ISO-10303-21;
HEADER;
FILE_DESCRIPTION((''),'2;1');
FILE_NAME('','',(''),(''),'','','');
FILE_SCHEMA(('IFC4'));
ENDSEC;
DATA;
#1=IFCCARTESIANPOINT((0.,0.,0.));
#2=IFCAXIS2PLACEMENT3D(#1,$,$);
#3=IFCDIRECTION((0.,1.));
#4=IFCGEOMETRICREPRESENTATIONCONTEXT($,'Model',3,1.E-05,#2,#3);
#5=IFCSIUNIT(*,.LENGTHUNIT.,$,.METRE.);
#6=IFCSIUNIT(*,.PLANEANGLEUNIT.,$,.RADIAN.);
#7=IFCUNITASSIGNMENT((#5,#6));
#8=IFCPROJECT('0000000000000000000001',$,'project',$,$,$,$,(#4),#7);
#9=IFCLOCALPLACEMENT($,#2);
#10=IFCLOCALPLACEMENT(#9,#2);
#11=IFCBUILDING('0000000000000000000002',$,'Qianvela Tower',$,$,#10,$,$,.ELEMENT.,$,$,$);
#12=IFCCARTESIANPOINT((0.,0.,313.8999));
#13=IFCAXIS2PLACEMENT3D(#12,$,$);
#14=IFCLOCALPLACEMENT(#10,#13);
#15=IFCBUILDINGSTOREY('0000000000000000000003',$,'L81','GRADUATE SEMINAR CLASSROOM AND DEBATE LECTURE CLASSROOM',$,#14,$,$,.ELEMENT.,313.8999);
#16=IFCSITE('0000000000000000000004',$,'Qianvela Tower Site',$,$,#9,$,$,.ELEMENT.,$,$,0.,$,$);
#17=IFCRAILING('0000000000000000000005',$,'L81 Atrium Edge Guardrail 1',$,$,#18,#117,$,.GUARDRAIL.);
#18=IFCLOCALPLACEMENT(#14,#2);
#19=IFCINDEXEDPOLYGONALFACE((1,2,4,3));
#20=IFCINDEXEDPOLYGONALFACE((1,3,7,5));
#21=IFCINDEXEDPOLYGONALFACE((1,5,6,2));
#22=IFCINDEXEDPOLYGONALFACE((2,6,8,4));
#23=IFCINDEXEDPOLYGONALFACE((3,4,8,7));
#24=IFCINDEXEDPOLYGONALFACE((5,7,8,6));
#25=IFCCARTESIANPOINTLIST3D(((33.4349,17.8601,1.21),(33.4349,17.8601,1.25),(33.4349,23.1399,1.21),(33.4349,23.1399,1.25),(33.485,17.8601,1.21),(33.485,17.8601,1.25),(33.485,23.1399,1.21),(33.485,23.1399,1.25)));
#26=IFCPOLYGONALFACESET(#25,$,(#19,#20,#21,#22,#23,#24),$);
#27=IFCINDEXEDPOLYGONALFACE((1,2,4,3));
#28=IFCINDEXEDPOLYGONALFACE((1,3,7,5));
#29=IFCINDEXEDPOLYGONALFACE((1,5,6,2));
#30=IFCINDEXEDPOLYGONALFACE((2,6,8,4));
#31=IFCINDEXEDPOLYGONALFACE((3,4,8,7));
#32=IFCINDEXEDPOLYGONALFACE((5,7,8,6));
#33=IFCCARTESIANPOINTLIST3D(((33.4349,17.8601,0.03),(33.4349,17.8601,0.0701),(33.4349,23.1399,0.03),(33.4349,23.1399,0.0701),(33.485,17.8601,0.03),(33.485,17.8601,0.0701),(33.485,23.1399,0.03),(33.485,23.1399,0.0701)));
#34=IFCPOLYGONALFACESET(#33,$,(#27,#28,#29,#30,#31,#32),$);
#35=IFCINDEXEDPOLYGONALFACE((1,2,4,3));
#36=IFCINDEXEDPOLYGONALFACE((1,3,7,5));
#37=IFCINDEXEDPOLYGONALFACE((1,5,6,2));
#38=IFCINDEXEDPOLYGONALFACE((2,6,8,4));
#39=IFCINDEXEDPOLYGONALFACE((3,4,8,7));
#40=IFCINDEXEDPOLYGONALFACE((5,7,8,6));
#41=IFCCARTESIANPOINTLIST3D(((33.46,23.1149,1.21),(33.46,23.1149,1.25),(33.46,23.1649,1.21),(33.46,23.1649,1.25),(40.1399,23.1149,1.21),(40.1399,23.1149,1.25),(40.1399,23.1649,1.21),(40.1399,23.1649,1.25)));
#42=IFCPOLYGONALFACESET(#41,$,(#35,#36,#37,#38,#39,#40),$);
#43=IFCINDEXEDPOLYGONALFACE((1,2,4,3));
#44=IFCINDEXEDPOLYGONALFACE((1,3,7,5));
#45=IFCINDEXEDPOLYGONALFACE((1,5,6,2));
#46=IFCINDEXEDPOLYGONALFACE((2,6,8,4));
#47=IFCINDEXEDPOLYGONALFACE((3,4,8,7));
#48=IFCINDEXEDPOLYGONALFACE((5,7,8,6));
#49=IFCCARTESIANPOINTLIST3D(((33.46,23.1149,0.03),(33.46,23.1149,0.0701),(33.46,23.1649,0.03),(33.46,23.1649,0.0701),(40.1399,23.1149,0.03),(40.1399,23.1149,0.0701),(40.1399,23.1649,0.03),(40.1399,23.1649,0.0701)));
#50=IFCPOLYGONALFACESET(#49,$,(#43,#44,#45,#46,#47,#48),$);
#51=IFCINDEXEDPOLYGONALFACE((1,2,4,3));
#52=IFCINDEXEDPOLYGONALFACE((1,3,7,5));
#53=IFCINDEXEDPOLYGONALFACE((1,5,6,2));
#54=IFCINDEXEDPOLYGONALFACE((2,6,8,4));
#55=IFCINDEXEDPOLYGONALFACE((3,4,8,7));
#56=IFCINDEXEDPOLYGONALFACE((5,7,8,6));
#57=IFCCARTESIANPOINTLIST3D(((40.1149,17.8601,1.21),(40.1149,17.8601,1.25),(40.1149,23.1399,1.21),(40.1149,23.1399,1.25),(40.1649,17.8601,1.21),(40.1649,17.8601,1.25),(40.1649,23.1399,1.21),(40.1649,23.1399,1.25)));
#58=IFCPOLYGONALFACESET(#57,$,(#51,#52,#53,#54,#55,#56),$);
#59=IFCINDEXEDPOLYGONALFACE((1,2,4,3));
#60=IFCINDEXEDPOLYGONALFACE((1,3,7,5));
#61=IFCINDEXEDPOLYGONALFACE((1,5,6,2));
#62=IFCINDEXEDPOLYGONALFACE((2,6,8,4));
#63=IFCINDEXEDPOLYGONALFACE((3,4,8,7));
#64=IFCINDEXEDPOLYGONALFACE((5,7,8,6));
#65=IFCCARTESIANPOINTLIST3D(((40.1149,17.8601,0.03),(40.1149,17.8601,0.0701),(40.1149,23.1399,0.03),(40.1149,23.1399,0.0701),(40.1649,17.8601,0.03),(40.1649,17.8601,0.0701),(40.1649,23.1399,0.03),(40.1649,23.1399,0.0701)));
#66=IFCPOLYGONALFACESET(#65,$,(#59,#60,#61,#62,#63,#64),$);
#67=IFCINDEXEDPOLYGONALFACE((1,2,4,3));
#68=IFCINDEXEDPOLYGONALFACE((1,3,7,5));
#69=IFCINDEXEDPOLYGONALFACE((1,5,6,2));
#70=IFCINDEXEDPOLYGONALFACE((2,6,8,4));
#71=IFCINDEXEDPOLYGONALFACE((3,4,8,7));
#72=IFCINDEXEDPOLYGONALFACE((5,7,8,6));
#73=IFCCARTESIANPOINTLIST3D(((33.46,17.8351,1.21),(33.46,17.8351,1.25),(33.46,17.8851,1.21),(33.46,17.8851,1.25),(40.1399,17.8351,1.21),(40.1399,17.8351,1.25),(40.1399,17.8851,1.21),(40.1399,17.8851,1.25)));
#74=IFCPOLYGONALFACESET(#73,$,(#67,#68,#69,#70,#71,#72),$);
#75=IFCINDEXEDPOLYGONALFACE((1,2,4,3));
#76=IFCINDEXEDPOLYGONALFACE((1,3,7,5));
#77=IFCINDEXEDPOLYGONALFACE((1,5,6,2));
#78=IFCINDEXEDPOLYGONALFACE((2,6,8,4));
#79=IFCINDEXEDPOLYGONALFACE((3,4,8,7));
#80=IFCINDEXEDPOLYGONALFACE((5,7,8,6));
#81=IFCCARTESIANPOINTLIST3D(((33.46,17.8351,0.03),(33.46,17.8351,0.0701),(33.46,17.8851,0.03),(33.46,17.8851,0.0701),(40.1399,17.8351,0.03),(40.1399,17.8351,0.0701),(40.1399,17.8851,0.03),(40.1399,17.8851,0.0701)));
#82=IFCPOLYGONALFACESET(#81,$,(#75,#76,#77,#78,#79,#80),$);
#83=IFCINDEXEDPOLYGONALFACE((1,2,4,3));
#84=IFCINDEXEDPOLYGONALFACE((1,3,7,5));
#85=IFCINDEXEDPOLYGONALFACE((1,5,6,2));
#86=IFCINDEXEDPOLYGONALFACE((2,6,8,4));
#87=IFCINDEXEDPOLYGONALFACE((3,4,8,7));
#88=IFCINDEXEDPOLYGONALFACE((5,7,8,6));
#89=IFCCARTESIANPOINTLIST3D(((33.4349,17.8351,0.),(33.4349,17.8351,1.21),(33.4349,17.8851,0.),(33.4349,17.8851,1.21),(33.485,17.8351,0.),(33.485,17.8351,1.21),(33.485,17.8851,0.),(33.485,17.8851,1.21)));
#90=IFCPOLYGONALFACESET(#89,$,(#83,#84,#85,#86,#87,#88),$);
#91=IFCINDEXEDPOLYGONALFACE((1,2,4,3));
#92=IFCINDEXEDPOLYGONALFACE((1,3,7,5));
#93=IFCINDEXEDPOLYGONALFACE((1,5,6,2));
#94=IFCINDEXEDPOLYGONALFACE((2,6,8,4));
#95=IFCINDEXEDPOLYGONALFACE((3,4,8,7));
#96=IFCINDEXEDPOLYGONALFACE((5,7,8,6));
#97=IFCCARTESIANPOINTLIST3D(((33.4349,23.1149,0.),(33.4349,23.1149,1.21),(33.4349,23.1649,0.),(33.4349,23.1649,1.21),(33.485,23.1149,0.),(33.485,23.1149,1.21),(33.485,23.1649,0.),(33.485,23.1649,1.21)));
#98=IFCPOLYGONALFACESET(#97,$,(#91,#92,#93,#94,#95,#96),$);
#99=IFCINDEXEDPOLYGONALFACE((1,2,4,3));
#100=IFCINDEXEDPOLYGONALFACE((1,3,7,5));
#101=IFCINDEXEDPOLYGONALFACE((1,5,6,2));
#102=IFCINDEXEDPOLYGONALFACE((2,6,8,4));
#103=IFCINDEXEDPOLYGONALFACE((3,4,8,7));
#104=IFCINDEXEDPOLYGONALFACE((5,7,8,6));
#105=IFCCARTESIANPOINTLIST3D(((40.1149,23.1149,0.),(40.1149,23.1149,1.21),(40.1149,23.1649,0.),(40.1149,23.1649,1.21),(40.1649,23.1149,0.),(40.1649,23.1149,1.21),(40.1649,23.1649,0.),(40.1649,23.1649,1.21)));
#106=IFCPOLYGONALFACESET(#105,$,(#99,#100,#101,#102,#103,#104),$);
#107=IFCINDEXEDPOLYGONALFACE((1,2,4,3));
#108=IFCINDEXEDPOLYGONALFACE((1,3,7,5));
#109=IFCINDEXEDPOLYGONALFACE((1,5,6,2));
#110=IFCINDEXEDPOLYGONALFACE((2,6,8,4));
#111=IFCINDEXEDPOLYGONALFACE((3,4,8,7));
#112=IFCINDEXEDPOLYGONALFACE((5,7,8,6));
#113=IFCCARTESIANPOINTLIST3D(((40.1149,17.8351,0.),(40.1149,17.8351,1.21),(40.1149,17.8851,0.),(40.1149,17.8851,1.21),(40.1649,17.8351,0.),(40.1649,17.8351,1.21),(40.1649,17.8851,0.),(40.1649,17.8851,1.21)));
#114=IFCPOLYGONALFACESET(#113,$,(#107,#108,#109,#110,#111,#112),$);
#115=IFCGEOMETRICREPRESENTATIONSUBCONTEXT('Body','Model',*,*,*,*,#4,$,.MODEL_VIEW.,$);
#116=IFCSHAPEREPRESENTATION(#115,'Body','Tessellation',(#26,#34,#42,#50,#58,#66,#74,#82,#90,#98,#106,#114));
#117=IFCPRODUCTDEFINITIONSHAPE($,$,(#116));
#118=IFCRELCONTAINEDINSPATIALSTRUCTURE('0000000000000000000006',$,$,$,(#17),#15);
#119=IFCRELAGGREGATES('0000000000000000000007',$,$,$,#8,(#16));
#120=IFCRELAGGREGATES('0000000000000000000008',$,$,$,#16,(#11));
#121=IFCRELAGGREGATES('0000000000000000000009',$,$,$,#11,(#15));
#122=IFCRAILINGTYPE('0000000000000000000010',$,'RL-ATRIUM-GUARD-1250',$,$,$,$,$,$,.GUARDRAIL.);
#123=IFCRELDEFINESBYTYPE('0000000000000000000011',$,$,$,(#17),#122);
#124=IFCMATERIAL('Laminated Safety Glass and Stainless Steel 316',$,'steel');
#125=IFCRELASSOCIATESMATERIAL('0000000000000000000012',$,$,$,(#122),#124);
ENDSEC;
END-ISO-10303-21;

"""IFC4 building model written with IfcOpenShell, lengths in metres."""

from ifc_helpers import new_model, si_unit, direction, frame, origin, origin_2d, place, context, subcontext, project, spatial, rectangle, extrude, material, type_object, element, save


model = new_model("IFC4")

# Units and contexts
model_context = context("Model", 3, precision=1e-05, world=origin(), true_north=direction((0.0, 1.0)))
body_context = subcontext(model_context, "Body", "Model", "MODEL_VIEW")
ifc_project = project(units=[si_unit("LENGTHUNIT", "METRE"), si_unit("PLANEANGLEUNIT", "RADIAN")], contexts=[model_context])

# Site, building, storey
site_placement = place(None, origin())
site = spatial("IfcSite", under=ifc_project, at=site_placement, Name="Qianvela Tower Site", CompositionType="ELEMENT", RefElevation=0.0)
building_placement = place(site_placement, origin())
building = spatial("IfcBuilding", under=site, at=building_placement, Name="Qianvela Tower", CompositionType="ELEMENT")
storey_placement = place(building_placement, frame((0.0, 0.0, 313.8999)))
storey = spatial("IfcBuildingStorey", under=building, at=storey_placement, Name="L81", Description="GRADUATE SEMINAR CLASSROOM AND DEBATE LECTURE CLASSROOM", CompositionType="ELEMENT", Elevation=313.8999)

# Railing
ifc_material_1 = material(Name="Laminated Safety Glass and Stainless Steel 316", Category="steel")
railing_type = type_object("IfcRailingType", Name="RL-ATRIUM-GUARD-1250", PredefinedType="GUARDRAIL", material=ifc_material_1)
railing_placement = place(storey_placement, frame((33.46, 17.8601, 0.0)))
element("IfcRailing", 1, at=railing_placement, inside=storey, type_object=railing_type, Name="L81 Atrium Edge Guardrail 1", PredefinedType="GUARDRAIL", context=body_context, shape_type="SweptSolid", body=[
    extrude(rectangle(XDim=0.05, YDim=0.04, at=origin_2d()), frame((0.0, 0.0, 1.23), z_axis=(0.0, 1.0, 0.0), x_axis=(-1.0, 0.0, 0.0)), (0.0, 0.0, 1.0), 5.2798),
    extrude(rectangle(XDim=0.05, YDim=0.04, at=origin_2d()), frame((0.0, 0.0, 0.05), z_axis=(0.0, 1.0, 0.0), x_axis=(-1.0, 0.0, 0.0)), (0.0, 0.0, 1.0), 5.2798),
    extrude(rectangle(XDim=0.05, YDim=0.04, at=origin_2d()), frame((0.0, 5.2798, 1.23), z_axis=(1.0, 0.0, 0.0), x_axis=(0.0, 1.0, 0.0)), (0.0, 0.0, 1.0), 6.6799),
    extrude(rectangle(XDim=0.05, YDim=0.04, at=origin_2d()), frame((0.0, 5.2798, 0.05), z_axis=(1.0, 0.0, 0.0), x_axis=(0.0, 1.0, 0.0)), (0.0, 0.0, 1.0), 6.6799),
    extrude(rectangle(XDim=0.05, YDim=0.04, at=origin_2d()), frame((6.6799, 5.2798, 1.23), z_axis=(0.0, -1.0, 0.0), x_axis=(1.0, 0.0, 0.0)), (0.0, 0.0, 1.0), 5.2798),
    extrude(rectangle(XDim=0.05, YDim=0.04, at=origin_2d()), frame((6.6799, 5.2798, 0.05), z_axis=(0.0, -1.0, 0.0), x_axis=(1.0, 0.0, 0.0)), (0.0, 0.0, 1.0), 5.2798),
    extrude(rectangle(XDim=0.05, YDim=0.04, at=origin_2d()), frame((6.6799, 0.0, 1.23), z_axis=(-1.0, 0.0, 0.0), x_axis=(0.0, -1.0, 0.0)), (0.0, 0.0, 1.0), 6.6799),
    extrude(rectangle(XDim=0.05, YDim=0.04, at=origin_2d()), frame((6.6799, 0.0, 0.05), z_axis=(-1.0, 0.0, 0.0), x_axis=(0.0, -1.0, 0.0)), (0.0, 0.0, 1.0), 6.6799),
    extrude(rectangle(XDim=0.05, YDim=0.05, at=origin_2d()), origin(), (0.0, 0.0, 1.0), 1.21),
    extrude(rectangle(XDim=0.05, YDim=0.05, at=origin_2d()), frame((0.0, 5.2798, 0.0)), (0.0, 0.0, 1.0), 1.21),
    extrude(rectangle(XDim=0.05, YDim=0.05, at=origin_2d()), frame((6.6799, 5.2798, 0.0)), (0.0, 0.0, 1.0), 1.21),
    extrude(rectangle(XDim=0.05, YDim=0.05, at=origin_2d()), frame((6.6799, 0.0, 0.0)), (0.0, 0.0, 1.0), 1.21),
])

save(model, "model.ifc")
